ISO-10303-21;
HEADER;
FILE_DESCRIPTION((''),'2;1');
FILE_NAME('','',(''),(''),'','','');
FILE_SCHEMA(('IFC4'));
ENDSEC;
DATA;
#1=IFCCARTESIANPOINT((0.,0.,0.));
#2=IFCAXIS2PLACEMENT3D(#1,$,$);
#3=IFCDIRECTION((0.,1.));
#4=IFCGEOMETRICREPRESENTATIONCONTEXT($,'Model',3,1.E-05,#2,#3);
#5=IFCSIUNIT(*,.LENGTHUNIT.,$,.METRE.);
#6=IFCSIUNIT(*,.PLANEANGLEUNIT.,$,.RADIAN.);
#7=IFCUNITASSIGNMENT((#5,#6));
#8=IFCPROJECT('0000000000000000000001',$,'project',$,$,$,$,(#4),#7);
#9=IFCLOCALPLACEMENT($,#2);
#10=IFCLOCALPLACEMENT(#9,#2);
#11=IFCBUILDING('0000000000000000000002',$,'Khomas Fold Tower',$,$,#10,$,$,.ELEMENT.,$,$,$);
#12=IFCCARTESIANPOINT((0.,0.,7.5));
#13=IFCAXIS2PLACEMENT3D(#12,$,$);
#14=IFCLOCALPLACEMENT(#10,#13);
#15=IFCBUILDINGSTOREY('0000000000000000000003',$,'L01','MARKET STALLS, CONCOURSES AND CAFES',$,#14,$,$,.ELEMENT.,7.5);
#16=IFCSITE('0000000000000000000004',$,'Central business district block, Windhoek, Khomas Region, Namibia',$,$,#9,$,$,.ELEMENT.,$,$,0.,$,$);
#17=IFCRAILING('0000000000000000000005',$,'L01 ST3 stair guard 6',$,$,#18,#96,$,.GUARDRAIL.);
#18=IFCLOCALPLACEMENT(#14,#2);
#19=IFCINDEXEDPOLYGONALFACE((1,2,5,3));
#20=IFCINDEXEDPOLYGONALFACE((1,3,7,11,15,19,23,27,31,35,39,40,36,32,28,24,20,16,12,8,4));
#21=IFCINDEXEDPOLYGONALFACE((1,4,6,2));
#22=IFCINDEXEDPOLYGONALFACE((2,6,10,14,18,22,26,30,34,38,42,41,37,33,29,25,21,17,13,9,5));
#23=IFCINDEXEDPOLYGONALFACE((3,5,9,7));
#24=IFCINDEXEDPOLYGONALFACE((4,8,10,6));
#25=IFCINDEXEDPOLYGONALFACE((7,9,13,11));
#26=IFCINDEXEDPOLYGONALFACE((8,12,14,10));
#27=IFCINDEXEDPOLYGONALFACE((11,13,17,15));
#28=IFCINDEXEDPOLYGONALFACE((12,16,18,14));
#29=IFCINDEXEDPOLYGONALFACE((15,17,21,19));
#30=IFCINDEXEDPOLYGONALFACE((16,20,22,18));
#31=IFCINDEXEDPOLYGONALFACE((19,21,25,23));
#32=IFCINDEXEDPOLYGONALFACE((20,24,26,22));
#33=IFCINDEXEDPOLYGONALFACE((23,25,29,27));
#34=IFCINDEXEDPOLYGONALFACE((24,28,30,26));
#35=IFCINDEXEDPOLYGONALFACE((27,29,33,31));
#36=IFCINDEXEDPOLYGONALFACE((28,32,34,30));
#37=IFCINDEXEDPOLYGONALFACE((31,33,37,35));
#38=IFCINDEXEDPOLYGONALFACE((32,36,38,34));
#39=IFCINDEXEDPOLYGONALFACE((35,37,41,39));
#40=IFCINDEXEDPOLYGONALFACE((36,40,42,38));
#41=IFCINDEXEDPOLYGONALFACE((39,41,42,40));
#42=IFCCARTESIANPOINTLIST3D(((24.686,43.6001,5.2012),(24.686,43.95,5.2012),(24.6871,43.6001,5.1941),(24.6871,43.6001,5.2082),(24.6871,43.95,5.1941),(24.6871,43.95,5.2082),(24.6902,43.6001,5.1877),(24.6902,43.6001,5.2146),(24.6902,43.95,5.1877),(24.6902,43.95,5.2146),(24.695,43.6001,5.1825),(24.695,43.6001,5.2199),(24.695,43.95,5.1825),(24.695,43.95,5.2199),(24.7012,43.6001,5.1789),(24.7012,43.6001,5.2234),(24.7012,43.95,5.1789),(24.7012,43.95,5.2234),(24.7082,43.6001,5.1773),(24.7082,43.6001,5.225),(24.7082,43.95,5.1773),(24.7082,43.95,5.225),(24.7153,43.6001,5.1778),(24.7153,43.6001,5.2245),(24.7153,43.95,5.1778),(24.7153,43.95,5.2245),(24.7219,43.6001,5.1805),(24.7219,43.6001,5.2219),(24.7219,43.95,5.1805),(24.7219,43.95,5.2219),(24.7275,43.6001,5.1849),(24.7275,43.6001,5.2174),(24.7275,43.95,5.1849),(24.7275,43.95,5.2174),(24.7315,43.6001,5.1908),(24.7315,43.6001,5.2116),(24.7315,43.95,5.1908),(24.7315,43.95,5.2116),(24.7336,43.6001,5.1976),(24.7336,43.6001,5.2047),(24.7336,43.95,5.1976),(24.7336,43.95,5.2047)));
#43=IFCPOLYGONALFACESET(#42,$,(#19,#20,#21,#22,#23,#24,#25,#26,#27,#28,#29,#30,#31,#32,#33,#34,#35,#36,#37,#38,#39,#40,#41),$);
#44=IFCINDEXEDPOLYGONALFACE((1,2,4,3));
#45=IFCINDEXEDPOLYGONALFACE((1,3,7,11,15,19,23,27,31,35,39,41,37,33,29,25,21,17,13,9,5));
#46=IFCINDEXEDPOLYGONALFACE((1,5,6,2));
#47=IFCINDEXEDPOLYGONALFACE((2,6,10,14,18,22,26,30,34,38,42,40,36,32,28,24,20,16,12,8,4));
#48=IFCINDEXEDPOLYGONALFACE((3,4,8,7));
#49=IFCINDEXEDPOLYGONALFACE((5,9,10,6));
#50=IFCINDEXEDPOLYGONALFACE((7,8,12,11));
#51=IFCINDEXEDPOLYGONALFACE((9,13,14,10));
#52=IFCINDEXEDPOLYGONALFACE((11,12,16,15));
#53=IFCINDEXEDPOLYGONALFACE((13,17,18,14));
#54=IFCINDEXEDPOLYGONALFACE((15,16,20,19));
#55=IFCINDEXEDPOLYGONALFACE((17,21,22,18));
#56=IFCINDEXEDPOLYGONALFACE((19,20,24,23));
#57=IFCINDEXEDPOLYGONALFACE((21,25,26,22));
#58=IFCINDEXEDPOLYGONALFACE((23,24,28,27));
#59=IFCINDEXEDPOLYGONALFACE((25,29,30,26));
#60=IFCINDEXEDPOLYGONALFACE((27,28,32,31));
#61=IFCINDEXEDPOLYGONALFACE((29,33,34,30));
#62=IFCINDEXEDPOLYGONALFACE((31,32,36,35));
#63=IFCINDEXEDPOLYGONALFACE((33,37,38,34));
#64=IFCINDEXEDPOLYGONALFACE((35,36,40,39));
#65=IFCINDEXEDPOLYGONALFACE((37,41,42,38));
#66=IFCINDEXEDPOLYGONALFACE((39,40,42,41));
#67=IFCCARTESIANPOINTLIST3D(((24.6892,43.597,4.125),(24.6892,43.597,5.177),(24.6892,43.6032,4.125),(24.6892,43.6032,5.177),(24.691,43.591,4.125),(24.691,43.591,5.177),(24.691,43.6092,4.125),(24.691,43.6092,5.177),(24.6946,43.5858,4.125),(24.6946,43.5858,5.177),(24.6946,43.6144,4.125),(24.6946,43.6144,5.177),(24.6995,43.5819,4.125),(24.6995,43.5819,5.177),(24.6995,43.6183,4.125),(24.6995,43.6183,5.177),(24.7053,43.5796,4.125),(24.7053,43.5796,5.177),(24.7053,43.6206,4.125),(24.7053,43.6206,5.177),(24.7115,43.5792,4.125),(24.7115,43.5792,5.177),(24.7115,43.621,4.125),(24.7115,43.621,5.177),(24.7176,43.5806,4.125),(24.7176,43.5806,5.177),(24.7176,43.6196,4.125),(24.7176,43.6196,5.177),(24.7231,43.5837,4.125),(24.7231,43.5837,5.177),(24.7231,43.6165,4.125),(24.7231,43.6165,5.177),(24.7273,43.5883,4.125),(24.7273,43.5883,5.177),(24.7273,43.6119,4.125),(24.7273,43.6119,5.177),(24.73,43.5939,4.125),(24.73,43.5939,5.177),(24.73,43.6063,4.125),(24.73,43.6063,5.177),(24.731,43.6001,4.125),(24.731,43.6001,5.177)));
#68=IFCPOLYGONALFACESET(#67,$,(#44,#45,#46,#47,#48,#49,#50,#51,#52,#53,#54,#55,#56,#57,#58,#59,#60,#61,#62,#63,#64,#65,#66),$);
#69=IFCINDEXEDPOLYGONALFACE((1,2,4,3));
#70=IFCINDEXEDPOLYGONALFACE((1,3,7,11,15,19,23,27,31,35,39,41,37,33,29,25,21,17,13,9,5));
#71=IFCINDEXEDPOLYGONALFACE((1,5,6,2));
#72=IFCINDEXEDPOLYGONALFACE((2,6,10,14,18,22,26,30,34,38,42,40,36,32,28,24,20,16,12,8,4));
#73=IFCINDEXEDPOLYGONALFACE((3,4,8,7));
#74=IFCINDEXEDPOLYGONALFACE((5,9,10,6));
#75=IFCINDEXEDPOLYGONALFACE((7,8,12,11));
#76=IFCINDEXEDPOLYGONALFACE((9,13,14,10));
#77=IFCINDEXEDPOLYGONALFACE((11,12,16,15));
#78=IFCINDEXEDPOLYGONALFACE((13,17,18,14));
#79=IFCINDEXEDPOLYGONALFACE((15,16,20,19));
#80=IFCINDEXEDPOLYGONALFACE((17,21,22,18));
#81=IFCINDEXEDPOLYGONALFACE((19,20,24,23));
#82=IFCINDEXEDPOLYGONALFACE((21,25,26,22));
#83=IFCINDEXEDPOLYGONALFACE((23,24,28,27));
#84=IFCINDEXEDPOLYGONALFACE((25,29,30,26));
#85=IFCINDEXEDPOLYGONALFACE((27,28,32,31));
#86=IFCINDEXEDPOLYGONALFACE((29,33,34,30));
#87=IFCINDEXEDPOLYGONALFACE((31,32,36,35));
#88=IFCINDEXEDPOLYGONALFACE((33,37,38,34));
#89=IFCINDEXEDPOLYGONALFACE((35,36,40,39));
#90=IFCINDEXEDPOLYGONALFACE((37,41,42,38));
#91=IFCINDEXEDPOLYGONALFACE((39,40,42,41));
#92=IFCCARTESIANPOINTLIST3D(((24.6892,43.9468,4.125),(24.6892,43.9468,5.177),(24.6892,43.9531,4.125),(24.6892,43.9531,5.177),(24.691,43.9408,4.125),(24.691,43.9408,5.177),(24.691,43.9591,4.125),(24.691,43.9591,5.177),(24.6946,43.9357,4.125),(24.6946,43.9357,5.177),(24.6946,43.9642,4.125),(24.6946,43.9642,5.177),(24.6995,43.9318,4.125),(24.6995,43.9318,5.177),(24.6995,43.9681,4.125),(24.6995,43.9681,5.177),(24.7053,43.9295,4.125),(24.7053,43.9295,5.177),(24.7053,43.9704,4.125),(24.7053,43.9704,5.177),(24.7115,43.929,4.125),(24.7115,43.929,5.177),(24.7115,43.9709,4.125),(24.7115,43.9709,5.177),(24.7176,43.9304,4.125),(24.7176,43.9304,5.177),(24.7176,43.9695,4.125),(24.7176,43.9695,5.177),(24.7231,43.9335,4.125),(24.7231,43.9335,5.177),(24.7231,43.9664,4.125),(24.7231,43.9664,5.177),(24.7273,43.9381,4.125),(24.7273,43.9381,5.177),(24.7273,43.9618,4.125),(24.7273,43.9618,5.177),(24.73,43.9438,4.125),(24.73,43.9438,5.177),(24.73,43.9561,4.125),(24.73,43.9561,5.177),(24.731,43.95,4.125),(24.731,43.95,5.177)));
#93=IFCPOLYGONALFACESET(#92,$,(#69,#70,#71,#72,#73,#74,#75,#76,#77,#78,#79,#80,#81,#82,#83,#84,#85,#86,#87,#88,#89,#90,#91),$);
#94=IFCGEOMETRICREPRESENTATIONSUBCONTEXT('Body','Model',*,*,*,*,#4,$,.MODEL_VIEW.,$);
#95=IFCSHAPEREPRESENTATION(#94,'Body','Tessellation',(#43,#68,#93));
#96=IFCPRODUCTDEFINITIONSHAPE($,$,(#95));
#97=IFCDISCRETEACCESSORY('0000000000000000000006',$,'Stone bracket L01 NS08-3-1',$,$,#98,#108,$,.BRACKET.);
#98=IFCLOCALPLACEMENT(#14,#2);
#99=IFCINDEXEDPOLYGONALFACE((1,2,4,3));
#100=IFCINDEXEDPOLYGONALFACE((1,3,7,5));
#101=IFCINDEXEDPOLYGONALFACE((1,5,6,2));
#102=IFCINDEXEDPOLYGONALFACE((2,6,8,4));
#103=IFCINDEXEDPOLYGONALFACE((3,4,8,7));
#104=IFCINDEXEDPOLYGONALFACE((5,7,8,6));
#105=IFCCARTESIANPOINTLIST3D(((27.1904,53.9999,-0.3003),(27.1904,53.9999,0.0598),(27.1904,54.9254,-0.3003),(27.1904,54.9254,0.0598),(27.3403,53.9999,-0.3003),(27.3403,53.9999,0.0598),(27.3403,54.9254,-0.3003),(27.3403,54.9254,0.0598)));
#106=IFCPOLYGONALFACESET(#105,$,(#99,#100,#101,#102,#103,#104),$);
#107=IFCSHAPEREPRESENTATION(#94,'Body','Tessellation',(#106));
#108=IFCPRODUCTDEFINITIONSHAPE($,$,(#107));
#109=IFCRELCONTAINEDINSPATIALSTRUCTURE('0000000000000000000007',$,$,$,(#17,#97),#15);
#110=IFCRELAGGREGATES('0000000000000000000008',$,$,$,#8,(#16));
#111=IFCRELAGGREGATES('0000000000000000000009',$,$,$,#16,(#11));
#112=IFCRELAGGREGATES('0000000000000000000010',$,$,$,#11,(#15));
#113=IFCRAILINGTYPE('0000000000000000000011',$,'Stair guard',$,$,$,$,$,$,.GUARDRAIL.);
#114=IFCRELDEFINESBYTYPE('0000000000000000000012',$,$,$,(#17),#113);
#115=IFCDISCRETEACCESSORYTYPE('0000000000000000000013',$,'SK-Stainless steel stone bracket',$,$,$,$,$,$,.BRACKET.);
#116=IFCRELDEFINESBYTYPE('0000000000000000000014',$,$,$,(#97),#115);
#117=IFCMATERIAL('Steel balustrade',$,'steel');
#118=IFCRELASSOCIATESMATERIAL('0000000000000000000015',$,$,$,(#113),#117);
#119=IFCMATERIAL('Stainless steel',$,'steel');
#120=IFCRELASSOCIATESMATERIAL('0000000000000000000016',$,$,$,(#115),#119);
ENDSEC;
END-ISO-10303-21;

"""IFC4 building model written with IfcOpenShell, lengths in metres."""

from ifc_helpers import new_model, si_unit, direction, frame, origin, origin_2d, place, context, subcontext, project, spatial, rectangle, circle, extrude, source, transform, mapped, material, type_object, element, save


model = new_model("IFC4")

# Units and contexts
model_context = context("Model", 3, precision=1e-05, world=origin(), true_north=direction((0.0, 1.0)))
body_context = subcontext(model_context, "Body", "Model", "MODEL_VIEW")
ifc_project = project(units=[si_unit("LENGTHUNIT", "METRE"), si_unit("PLANEANGLEUNIT", "RADIAN")], contexts=[model_context])

# Site, building, storey
site_placement = place(None, origin())
site = spatial("IfcSite", under=ifc_project, at=site_placement, Name="Central business district block, Windhoek, Khomas Region, Namibia", CompositionType="ELEMENT", RefElevation=0.0)
building_placement = place(site_placement, origin())
building = spatial("IfcBuilding", under=site, at=building_placement, Name="Khomas Fold Tower", CompositionType="ELEMENT")
storey_placement = place(building_placement, frame((0.0, 0.0, 7.5)))
storey = spatial("IfcBuildingStorey", under=building, at=storey_placement, Name="L01", Description="MARKET STALLS, CONCOURSES AND CAFES", CompositionType="ELEMENT", Elevation=7.5)

# Railing
ifc_material_1 = material(Name="Steel balustrade", Category="steel")
railing_type = type_object("IfcRailingType", Name="Stair guard", PredefinedType="GUARDRAIL", material=ifc_material_1)
shared_shape_1 = source(origin(), body_context, "Body", "SweptSolid", [
    extrude(circle(Radius=0.0239, at=origin_2d()), frame((0.0, 0.0, 1.0762), z_axis=(0.0, 1.0, 0.0), x_axis=(-1.0, 0.0, 0.0)), (0.0, 0.0, 1.0), 0.3499),
    extrude(circle(Radius=0.021, at=origin_2d()), origin(), (0.0, 0.0, 1.0), 1.052),
    extrude(circle(Radius=0.021, at=origin_2d()), frame((0.0, 0.3499, 0.0)), (0.0, 0.0, 1.0), 1.052),
])
railing_placement = place(storey_placement, frame((24.71, 43.6001, 4.125)))
element("IfcRailing", 1, at=railing_placement, inside=storey, type_object=railing_type, Name="L01 ST3 stair guard 6", PredefinedType="GUARDRAIL", context=body_context, shape_type="MappedRepresentation", body=[
    mapped(shared_shape_1, transform((0.0, 0.0, 0.0))),
])

# Discrete accessory
ifc_material_2 = material(Name="Stainless steel", Category="steel")
discrete_accessory_type = type_object("IfcDiscreteAccessoryType", Name="SK-Stainless steel stone bracket", PredefinedType="BRACKET", material=ifc_material_2)
shared_shape_2 = source(origin(), body_context, "Body", "SweptSolid", [
    extrude(rectangle(XDim=0.9255, YDim=0.1499, at=origin_2d()), origin(), (0.0, 0.0, 1.0), 0.3601),
])
discrete_accessory_placement = place(storey_placement, frame((27.2654, 54.4626, -0.3003), z_axis=(0.0, 0.0, 1.0), x_axis=(0.0, 1.0, 0.0)))
element("IfcDiscreteAccessory", 2, at=discrete_accessory_placement, inside=storey, type_object=discrete_accessory_type, Name="Stone bracket L01 NS08-3-1", PredefinedType="BRACKET", context=body_context, shape_type="MappedRepresentation", body=[
    mapped(shared_shape_2, transform((0.0, 0.0, 0.0))),
])

save(model, "model.ifc")
